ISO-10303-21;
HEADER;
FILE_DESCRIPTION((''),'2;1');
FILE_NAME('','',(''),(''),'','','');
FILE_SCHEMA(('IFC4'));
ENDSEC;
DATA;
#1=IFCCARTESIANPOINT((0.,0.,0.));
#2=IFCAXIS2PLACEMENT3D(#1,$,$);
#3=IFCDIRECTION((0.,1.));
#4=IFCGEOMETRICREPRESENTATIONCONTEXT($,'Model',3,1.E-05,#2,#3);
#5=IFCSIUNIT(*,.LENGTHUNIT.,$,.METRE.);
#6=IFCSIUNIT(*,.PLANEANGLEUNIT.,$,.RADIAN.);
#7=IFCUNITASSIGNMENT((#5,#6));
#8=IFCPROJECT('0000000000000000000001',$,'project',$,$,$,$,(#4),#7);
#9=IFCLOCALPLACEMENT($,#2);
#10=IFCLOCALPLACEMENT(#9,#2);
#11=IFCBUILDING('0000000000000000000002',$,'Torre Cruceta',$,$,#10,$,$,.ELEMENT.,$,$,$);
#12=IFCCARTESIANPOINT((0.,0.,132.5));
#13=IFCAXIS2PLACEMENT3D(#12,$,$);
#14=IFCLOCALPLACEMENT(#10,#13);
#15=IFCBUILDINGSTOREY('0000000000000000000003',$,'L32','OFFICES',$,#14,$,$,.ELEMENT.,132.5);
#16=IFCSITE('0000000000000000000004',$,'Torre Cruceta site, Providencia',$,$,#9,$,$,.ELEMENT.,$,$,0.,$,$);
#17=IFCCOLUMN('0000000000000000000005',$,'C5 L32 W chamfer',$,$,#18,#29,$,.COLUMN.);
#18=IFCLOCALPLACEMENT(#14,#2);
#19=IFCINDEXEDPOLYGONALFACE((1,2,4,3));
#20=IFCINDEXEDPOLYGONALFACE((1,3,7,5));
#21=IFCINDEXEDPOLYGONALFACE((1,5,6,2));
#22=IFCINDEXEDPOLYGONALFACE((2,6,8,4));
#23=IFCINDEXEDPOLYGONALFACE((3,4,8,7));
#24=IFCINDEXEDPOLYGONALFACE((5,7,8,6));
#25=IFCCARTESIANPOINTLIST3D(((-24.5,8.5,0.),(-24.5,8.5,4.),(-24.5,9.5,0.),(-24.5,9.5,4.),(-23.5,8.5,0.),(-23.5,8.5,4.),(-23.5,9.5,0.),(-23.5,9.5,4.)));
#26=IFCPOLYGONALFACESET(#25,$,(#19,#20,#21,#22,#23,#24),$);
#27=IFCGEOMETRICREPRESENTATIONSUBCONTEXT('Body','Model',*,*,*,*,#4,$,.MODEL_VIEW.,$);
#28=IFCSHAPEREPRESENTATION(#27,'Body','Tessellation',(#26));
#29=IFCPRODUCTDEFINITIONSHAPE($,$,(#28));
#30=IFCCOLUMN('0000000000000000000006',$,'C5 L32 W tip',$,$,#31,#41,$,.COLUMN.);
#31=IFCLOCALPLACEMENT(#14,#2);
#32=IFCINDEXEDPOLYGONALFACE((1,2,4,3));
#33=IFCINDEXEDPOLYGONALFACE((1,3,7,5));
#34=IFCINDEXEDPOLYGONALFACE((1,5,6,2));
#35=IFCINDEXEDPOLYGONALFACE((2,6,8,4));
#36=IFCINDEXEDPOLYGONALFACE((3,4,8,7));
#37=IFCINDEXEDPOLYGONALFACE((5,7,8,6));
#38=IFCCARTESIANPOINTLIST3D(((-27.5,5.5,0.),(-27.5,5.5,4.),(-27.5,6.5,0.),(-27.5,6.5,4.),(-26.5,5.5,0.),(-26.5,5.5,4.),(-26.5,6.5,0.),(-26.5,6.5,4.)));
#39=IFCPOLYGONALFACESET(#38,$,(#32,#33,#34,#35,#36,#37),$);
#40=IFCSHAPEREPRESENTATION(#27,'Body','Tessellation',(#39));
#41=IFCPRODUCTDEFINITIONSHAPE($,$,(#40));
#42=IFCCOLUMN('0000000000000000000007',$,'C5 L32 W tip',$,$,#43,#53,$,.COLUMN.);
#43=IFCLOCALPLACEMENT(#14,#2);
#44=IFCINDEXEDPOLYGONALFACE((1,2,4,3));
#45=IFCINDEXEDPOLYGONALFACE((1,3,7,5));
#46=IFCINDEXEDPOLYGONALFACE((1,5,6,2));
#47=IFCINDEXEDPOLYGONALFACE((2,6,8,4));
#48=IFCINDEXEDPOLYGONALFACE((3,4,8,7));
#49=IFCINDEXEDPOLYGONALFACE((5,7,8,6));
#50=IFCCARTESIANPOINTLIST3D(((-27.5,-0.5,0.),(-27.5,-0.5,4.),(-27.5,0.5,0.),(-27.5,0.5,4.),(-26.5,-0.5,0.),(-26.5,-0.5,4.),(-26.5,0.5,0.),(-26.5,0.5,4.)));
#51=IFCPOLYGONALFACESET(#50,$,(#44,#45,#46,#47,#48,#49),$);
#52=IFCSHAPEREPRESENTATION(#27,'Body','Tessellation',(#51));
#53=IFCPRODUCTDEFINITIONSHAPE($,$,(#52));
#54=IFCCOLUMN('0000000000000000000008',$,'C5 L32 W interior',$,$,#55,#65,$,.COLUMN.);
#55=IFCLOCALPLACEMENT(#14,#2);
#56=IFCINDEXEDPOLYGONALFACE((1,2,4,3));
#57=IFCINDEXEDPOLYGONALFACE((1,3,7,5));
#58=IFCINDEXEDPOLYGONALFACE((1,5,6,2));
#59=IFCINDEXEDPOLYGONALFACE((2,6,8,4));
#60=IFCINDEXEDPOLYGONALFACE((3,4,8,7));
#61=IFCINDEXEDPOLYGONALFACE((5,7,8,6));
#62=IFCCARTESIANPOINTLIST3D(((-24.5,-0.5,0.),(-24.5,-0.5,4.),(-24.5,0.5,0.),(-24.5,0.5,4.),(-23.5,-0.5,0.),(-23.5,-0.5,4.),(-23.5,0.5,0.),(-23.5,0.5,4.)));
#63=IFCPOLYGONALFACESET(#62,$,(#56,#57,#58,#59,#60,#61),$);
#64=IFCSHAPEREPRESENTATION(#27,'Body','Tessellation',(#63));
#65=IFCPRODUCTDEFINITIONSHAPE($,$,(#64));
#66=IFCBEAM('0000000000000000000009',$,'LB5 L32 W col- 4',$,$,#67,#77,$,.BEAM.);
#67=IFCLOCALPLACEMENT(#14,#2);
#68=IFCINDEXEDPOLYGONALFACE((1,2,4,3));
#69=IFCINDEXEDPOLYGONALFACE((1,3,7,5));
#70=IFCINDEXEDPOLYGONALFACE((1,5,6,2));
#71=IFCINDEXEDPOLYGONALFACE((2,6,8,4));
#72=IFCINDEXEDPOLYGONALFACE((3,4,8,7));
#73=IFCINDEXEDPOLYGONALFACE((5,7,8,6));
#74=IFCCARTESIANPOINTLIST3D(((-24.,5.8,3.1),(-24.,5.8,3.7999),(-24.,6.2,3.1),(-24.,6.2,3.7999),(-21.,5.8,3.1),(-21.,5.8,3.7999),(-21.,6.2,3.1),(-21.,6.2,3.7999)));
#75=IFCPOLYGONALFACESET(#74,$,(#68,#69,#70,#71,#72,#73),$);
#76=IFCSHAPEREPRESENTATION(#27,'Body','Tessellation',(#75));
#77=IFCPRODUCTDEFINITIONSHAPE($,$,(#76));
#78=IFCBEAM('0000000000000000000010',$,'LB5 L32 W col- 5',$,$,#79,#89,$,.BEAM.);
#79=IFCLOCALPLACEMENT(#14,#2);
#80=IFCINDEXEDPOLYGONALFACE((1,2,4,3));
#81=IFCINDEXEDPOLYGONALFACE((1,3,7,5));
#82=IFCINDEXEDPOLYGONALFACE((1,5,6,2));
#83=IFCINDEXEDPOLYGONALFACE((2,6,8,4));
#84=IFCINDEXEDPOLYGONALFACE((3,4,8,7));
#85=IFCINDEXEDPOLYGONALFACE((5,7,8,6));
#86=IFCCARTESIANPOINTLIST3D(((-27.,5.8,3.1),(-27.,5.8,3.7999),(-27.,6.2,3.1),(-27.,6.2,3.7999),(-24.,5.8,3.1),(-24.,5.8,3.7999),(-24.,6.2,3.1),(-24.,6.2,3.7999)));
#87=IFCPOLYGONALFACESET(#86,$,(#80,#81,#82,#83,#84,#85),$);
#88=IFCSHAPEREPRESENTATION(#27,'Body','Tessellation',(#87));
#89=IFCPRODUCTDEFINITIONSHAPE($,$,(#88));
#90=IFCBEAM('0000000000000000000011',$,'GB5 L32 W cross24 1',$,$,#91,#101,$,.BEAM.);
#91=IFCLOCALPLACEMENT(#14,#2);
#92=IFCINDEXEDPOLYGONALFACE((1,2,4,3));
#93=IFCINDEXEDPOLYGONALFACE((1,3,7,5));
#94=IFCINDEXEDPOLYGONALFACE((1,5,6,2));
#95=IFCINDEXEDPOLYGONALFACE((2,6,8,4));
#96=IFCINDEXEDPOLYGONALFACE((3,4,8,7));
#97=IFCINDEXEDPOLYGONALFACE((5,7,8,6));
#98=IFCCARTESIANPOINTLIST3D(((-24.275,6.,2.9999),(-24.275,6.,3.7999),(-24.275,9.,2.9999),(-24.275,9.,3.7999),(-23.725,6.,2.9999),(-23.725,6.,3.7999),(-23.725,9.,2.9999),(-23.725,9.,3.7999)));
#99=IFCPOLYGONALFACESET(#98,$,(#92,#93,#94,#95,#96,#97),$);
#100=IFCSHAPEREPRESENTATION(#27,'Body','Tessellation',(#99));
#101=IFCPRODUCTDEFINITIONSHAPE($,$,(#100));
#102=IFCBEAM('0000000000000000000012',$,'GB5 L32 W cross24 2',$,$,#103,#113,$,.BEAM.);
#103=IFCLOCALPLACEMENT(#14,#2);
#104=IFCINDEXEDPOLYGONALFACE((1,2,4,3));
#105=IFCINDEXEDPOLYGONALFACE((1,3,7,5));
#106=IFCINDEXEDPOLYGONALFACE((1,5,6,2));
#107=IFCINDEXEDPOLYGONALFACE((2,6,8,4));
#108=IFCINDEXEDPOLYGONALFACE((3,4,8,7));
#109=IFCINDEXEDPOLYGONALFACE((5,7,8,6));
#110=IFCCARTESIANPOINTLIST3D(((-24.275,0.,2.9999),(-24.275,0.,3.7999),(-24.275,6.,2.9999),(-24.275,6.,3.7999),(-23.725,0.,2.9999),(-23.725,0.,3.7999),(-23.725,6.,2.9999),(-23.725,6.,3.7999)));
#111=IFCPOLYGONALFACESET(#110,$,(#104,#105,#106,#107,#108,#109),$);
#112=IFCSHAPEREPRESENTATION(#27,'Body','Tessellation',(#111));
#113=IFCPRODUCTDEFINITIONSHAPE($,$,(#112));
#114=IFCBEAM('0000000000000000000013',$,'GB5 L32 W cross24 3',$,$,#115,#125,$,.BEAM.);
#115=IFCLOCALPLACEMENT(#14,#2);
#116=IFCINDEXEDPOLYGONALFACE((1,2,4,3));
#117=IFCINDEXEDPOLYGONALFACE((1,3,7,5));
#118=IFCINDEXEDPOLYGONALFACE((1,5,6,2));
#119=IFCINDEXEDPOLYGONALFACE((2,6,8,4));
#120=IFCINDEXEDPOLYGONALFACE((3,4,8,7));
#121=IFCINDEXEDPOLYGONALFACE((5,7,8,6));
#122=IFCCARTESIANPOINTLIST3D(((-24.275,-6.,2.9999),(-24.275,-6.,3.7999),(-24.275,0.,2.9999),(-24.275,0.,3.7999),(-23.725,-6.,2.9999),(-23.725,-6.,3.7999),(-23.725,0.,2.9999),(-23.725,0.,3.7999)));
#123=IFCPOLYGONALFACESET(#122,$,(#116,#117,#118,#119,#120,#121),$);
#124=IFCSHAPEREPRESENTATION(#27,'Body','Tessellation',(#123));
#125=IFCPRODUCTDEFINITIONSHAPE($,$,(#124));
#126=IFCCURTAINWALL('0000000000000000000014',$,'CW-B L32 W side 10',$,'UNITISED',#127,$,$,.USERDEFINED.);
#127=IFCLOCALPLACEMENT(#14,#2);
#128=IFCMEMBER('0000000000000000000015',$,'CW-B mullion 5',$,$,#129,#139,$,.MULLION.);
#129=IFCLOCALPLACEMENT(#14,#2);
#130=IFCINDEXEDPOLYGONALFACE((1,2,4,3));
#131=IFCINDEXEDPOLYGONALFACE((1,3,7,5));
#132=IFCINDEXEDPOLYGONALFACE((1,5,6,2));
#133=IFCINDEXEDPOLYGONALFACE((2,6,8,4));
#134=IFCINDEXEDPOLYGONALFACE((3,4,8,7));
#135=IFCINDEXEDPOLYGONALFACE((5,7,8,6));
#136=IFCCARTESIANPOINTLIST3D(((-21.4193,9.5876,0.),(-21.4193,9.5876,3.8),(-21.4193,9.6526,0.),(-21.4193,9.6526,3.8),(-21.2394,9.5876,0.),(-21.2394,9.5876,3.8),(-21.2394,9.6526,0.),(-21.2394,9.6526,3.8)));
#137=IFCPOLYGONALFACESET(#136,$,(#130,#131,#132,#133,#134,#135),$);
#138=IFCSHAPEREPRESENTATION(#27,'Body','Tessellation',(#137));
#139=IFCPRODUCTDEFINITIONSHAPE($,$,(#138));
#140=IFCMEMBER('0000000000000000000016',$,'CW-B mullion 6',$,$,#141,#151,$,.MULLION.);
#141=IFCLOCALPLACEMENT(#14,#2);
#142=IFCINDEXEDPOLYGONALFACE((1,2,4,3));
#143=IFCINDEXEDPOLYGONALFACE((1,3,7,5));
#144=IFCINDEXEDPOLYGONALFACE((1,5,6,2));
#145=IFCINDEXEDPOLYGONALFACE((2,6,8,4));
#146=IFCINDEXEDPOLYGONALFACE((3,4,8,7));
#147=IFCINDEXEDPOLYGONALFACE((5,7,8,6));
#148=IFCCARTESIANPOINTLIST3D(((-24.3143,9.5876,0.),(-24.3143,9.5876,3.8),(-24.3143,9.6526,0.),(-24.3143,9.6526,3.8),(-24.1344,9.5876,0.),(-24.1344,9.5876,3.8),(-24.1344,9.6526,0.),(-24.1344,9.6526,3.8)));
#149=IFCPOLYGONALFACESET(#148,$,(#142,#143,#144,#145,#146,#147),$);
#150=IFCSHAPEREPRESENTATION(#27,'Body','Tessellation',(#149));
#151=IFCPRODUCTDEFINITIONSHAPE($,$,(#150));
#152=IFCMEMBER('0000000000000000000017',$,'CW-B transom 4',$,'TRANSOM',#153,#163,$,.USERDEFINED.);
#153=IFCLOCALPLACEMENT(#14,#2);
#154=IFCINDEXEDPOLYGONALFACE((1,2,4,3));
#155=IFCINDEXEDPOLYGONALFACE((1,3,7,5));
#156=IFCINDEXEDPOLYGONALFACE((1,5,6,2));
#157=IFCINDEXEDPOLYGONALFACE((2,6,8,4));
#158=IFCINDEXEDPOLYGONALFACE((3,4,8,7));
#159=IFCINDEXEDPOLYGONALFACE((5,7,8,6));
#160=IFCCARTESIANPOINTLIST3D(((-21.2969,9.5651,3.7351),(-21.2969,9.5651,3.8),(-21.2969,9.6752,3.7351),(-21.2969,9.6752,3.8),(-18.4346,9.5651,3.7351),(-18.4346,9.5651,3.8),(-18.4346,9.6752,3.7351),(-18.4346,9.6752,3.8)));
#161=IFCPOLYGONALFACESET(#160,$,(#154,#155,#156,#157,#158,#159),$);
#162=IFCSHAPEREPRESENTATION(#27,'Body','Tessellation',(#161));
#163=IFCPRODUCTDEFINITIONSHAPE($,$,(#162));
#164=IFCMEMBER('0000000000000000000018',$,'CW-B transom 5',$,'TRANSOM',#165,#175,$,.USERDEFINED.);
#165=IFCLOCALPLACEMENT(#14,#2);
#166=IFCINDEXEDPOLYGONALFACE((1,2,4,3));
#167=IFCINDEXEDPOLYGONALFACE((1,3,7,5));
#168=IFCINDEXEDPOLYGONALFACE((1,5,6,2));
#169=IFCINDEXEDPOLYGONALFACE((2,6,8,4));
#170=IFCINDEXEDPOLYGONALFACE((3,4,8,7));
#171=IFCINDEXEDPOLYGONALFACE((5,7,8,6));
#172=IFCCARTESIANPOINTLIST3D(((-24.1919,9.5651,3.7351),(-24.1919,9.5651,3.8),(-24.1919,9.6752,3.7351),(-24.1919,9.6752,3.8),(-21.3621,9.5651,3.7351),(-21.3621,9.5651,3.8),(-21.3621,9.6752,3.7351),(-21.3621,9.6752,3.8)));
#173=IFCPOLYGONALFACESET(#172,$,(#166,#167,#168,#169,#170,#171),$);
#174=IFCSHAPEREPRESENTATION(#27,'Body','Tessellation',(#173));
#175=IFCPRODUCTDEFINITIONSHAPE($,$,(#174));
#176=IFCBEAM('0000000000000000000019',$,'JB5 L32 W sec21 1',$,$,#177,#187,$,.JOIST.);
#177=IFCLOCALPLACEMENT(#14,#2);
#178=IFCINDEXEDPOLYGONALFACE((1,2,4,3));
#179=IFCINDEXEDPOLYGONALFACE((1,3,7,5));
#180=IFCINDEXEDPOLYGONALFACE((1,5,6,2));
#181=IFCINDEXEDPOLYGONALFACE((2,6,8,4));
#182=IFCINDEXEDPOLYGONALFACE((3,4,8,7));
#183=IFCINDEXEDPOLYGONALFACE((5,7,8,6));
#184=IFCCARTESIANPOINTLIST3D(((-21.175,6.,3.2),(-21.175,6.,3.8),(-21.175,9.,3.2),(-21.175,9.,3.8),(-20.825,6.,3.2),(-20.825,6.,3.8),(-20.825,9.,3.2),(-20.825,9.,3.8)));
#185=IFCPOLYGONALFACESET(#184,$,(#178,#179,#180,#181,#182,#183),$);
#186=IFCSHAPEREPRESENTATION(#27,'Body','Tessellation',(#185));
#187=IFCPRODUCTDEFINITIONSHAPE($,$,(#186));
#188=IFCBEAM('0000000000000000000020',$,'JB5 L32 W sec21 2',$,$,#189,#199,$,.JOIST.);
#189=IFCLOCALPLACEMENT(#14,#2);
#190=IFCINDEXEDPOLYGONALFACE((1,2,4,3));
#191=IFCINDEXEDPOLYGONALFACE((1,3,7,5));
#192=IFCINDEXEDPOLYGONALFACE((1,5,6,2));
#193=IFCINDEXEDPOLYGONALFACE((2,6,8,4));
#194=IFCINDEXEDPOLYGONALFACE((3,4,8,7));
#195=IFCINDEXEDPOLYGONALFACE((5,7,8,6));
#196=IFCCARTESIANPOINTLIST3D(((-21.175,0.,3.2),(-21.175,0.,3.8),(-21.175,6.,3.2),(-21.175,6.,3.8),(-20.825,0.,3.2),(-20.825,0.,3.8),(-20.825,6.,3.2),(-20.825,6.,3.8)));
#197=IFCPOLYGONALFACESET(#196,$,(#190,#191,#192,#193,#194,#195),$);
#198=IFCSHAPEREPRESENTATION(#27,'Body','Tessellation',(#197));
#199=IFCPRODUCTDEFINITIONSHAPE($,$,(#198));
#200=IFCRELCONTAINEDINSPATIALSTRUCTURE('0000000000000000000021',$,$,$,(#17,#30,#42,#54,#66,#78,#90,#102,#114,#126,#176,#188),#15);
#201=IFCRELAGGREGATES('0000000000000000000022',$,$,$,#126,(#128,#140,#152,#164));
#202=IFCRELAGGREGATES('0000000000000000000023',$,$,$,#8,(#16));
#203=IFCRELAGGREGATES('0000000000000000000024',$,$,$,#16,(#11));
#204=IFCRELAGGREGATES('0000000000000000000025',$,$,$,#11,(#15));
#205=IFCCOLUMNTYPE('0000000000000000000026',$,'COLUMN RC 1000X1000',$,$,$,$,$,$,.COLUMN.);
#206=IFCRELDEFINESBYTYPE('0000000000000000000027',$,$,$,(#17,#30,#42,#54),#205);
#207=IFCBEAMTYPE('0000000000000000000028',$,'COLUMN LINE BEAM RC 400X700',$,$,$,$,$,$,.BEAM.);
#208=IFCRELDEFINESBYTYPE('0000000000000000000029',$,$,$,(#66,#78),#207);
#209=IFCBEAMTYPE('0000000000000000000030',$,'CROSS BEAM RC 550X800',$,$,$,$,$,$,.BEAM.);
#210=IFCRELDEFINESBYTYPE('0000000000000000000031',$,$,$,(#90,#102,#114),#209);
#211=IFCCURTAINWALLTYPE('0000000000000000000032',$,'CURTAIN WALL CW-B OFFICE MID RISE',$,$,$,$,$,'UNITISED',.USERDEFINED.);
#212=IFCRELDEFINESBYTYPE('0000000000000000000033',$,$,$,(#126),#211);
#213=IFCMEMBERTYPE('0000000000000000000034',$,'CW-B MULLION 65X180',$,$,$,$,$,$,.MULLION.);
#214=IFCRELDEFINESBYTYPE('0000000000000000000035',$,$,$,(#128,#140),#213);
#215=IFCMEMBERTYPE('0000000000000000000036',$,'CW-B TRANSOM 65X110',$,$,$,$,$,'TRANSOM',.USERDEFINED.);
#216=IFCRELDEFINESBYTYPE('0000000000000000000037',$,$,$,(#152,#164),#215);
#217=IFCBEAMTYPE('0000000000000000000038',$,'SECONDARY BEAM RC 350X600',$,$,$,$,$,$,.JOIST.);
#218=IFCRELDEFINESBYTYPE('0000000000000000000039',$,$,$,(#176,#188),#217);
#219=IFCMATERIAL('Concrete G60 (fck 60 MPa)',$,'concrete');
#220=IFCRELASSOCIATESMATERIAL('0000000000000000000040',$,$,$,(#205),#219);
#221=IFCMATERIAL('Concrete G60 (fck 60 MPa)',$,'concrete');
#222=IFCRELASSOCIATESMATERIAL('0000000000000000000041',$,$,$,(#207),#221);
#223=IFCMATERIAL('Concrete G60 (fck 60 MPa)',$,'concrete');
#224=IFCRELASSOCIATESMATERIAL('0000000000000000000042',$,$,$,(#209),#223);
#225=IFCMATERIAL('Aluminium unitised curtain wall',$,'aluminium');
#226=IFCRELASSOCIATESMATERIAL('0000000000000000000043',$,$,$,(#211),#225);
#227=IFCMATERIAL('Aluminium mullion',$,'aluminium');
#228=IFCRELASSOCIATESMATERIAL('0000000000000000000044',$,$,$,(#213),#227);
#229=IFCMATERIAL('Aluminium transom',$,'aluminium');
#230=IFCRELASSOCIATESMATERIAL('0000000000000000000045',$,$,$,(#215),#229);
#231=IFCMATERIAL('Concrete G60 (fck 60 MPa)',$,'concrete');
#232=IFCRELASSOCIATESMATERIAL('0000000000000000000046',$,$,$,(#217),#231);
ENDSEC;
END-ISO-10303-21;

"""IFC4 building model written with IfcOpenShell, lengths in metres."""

from ifc_helpers import new_model, si_unit, direction, frame, origin, origin_2d, place, context, subcontext, project, spatial, rectangle, extrude, material, material_profile, profile_set, type_object, element, aggregate, save


model = new_model("IFC4")

# Units and contexts
model_context = context("Model", 3, precision=1e-05, world=origin(), true_north=direction((0.0, 1.0)))
body_context = subcontext(model_context, "Body", "Model", "MODEL_VIEW")
ifc_project = project(units=[si_unit("LENGTHUNIT", "METRE"), si_unit("PLANEANGLEUNIT", "RADIAN")], contexts=[model_context])

# Site, building, storey
site_placement = place(None, origin())
site = spatial("IfcSite", under=ifc_project, at=site_placement, Name="Torre Cruceta site, Providencia", CompositionType="ELEMENT", RefElevation=0.0)
building_placement = place(site_placement, origin())
building = spatial("IfcBuilding", under=site, at=building_placement, Name="Torre Cruceta", CompositionType="ELEMENT")
storey_placement = place(building_placement, frame((0.0, 0.0, 132.5)))
storey = spatial("IfcBuildingStorey", under=building, at=storey_placement, Name="L32", Description="OFFICES", CompositionType="ELEMENT", Elevation=132.5)

# Columns
ifc_material_1 = material(Name="Concrete G60 (fck 60 MPa)", Category="concrete")
ifc_material_profile_1 = material_profile(ifc_material_1, rectangle(XDim=1.0, YDim=1.0, at=origin_2d()), Name="RC 1000X1000")
ifc_profile_set_1 = profile_set([ifc_material_profile_1], Name="Concrete G60 (fck 60 MPa)")
column_type = type_object("IfcColumnType", Name="COLUMN RC 1000X1000", PredefinedType="COLUMN", material=ifc_profile_set_1)
for number, where, z_axis, x_axis, name in (
    (1, (-24.0, 9.0, 0.0), (0.0, 0.0, 1.0), (1.0, 0.0, 0.0), "C5 L32 W chamfer"),
    (2, (-27.0, 6.0, 0.0), (0.0, 0.0, 1.0), (1.0, 0.0, 0.0), "C5 L32 W tip"),
    (3, (-27.0, 0.0, 0.0), (0.0, 0.0, 1.0), (1.0, 0.0, 0.0), "C5 L32 W tip"),
    (4, (-24.0, 0.0, 0.0), (0.0, 0.0, 1.0), (1.0, 0.0, 0.0), "C5 L32 W interior"),
):
    element("IfcColumn", number, at=place(storey_placement, frame(where, z_axis=z_axis, x_axis=x_axis)), inside=storey, type_object=column_type, Name=name, PredefinedType="COLUMN", context=body_context, shape_type="SweptSolid", body=[
        extrude(rectangle(XDim=1.0, YDim=1.0, at=origin_2d()), origin(), (0.0, 0.0, 1.0), 4.0),
    ])

# Beams
ifc_material_2 = material(Name="Concrete G60 (fck 60 MPa)", Category="concrete")
ifc_material_profile_2 = material_profile(ifc_material_2, rectangle(XDim=0.3999, YDim=0.7, at=origin_2d()), Name="RC 400X700")
ifc_profile_set_2 = profile_set([ifc_material_profile_2], Name="Concrete G60 (fck 60 MPa)")
beam_type_1 = type_object("IfcBeamType", Name="COLUMN LINE BEAM RC 400X700", PredefinedType="BEAM", material=ifc_profile_set_2)
for number, where, z_axis, x_axis, name in (
    (5, (-21.0, 6.0, 3.45), (-1.0, 0.0, 0.0), (0.0, -1.0, 0.0), "LB5 L32 W col- 4"),
    (6, (-24.0, 6.0, 3.45), (-1.0, 0.0, 0.0), (0.0, -1.0, 0.0), "LB5 L32 W col- 5"),
):
    element("IfcBeam", number, at=place(storey_placement, frame(where, z_axis=z_axis, x_axis=x_axis)), inside=storey, type_object=beam_type_1, Name=name, PredefinedType="BEAM", context=body_context, shape_type="SweptSolid", body=[
        extrude(rectangle(XDim=0.3999, YDim=0.7, at=origin_2d()), origin(), (0.0, 0.0, 1.0), 3.0),
    ])
ifc_material_3 = material(Name="Concrete G60 (fck 60 MPa)", Category="concrete")
ifc_material_profile_3 = material_profile(ifc_material_3, rectangle(XDim=0.55, YDim=0.8, at=origin_2d()), Name="RC 550X800")
ifc_profile_set_3 = profile_set([ifc_material_profile_3], Name="Concrete G60 (fck 60 MPa)")
beam_type_2 = type_object("IfcBeamType", Name="CROSS BEAM RC 550X800", PredefinedType="BEAM", material=ifc_profile_set_3)
beam_1_placement = place(storey_placement, frame((-24.0, 9.0, 3.3999), z_axis=(0.0, -1.0, 0.0), x_axis=(1.0, 0.0, 0.0)))
element("IfcBeam", 7, at=beam_1_placement, inside=storey, type_object=beam_type_2, Name="GB5 L32 W cross24 1", PredefinedType="BEAM", context=body_context, shape_type="SweptSolid", body=[
    extrude(rectangle(XDim=0.55, YDim=0.8, at=origin_2d()), origin(), (0.0, 0.0, 1.0), 3.0),
])
for number, where, z_axis, x_axis, name in (
    (8, (-24.0, 6.0, 3.3999), (0.0, -1.0, 0.0), (1.0, 0.0, 0.0), "GB5 L32 W cross24 2"),
    (9, (-24.0, 0.0, 3.3999), (0.0, -1.0, 0.0), (1.0, 0.0, 0.0), "GB5 L32 W cross24 3"),
):
    element("IfcBeam", number, at=place(storey_placement, frame(where, z_axis=z_axis, x_axis=x_axis)), inside=storey, type_object=beam_type_2, Name=name, PredefinedType="BEAM", context=body_context, shape_type="SweptSolid", body=[
        extrude(rectangle(XDim=0.55, YDim=0.8, at=origin_2d()), origin(), (0.0, 0.0, 1.0), 6.0),
    ])

# Curtain wall, members
ifc_material_4 = material(Name="Aluminium unitised curtain wall", Category="aluminium")
curtain_wall_type = type_object("IfcCurtainWallType", Name="CURTAIN WALL CW-B OFFICE MID RISE", ElementType="UNITISED", PredefinedType="USERDEFINED", material=ifc_material_4)
curtain_wall_placement = place(storey_placement, origin())
curtain_wall = element("IfcCurtainWall", 10, at=curtain_wall_placement, inside=storey, type_object=curtain_wall_type, Name="CW-B L32 W side 10", ObjectType="UNITISED", PredefinedType="USERDEFINED")
ifc_material_5 = material(Name="Aluminium mullion", Category="aluminium")
ifc_material_profile_4 = material_profile(ifc_material_5, rectangle(XDim=0.0649, YDim=0.1799, at=origin_2d()), Name="AL 65X180")
ifc_profile_set_4 = profile_set([ifc_material_profile_4], Name="Aluminium mullion")
member_type_1 = type_object("IfcMemberType", Name="CW-B MULLION 65X180", PredefinedType="MULLION", material=ifc_profile_set_4)
member_1_placement = place(storey_placement, frame((-21.3293, 9.6201, 0.0), z_axis=(0.0, 0.0, 1.0), x_axis=(0.0, -1.0, 0.0)))
member_1 = element("IfcMember", 11, at=member_1_placement, type_object=member_type_1, Name="CW-B mullion 5", PredefinedType="MULLION", context=body_context, shape_type="SweptSolid", body=[
    extrude(rectangle(XDim=0.0649, YDim=0.1799, at=origin_2d()), origin(), (0.0, 0.0, 1.0), 3.8),
])
member_2_placement = place(storey_placement, frame((-24.2244, 9.6201, 0.0), z_axis=(0.0, 0.0, 1.0), x_axis=(0.0, -1.0, 0.0)))
member_2 = element("IfcMember", 12, at=member_2_placement, type_object=member_type_1, Name="CW-B mullion 6", PredefinedType="MULLION", context=body_context, shape_type="SweptSolid", body=[
    extrude(rectangle(XDim=0.0649, YDim=0.1799, at=origin_2d()), origin(), (0.0, 0.0, 1.0), 3.8),
])
ifc_material_6 = material(Name="Aluminium transom", Category="aluminium")
ifc_material_profile_5 = material_profile(ifc_material_6, rectangle(XDim=0.1101, YDim=0.0649, at=origin_2d()), Name="AL 110X65")
ifc_profile_set_5 = profile_set([ifc_material_profile_5], Name="Aluminium transom")
member_type_2 = type_object("IfcMemberType", Name="CW-B TRANSOM 65X110", ElementType="TRANSOM", PredefinedType="USERDEFINED", material=ifc_profile_set_5)
member_3_placement = place(storey_placement, frame((-18.4346, 9.6201, 3.7676), z_axis=(-1.0, 0.0, 0.0), x_axis=(0.0, -1.0, 0.0)))
member_3 = element("IfcMember", 13, at=member_3_placement, type_object=member_type_2, Name="CW-B transom 4", ObjectType="TRANSOM", PredefinedType="USERDEFINED", context=body_context, shape_type="SweptSolid", body=[
    extrude(rectangle(XDim=0.1101, YDim=0.0649, at=origin_2d()), origin(), (0.0, 0.0, 1.0), 2.8623),
])
member_4_placement = place(storey_placement, frame((-21.3621, 9.6201, 3.7676), z_axis=(-1.0, 0.0, 0.0), x_axis=(0.0, -1.0, 0.0)))
member_4 = element("IfcMember", 14, at=member_4_placement, type_object=member_type_2, Name="CW-B transom 5", ObjectType="TRANSOM", PredefinedType="USERDEFINED", context=body_context, shape_type="SweptSolid", body=[
    extrude(rectangle(XDim=0.1101, YDim=0.0649, at=origin_2d()), origin(), (0.0, 0.0, 1.0), 2.8298),
])

# Beams
ifc_material_7 = material(Name="Concrete G60 (fck 60 MPa)", Category="concrete")
ifc_material_profile_6 = material_profile(ifc_material_7, rectangle(XDim=0.3501, YDim=0.6001, at=origin_2d()), Name="RC 350X600")
ifc_profile_set_6 = profile_set([ifc_material_profile_6], Name="Concrete G60 (fck 60 MPa)")
beam_type_3 = type_object("IfcBeamType", Name="SECONDARY BEAM RC 350X600", PredefinedType="JOIST", material=ifc_profile_set_6)
beam_2_placement = place(storey_placement, frame((-21.0, 9.0, 3.5), z_axis=(0.0, -1.0, 0.0), x_axis=(1.0, 0.0, 0.0)))
element("IfcBeam", 15, at=beam_2_placement, inside=storey, type_object=beam_type_3, Name="JB5 L32 W sec21 1", PredefinedType="JOIST", context=body_context, shape_type="SweptSolid", body=[
    extrude(rectangle(XDim=0.3501, YDim=0.6001, at=origin_2d()), origin(), (0.0, 0.0, 1.0), 3.0),
])
for number, where, z_axis, x_axis, name in (
    (16, (-21.0, 6.0, 3.5), (0.0, -1.0, 0.0), (1.0, 0.0, 0.0), "JB5 L32 W sec21 2"),
):
    element("IfcBeam", number, at=place(storey_placement, frame(where, z_axis=z_axis, x_axis=x_axis)), inside=storey, type_object=beam_type_3, Name=name, PredefinedType="JOIST", context=body_context, shape_type="SweptSolid", body=[
        extrude(rectangle(XDim=0.3501, YDim=0.6001, at=origin_2d()), origin(), (0.0, 0.0, 1.0), 6.0),
    ])

aggregate(curtain_wall, [member_1, member_2, member_3, member_4])

save(model, "model.ifc")
